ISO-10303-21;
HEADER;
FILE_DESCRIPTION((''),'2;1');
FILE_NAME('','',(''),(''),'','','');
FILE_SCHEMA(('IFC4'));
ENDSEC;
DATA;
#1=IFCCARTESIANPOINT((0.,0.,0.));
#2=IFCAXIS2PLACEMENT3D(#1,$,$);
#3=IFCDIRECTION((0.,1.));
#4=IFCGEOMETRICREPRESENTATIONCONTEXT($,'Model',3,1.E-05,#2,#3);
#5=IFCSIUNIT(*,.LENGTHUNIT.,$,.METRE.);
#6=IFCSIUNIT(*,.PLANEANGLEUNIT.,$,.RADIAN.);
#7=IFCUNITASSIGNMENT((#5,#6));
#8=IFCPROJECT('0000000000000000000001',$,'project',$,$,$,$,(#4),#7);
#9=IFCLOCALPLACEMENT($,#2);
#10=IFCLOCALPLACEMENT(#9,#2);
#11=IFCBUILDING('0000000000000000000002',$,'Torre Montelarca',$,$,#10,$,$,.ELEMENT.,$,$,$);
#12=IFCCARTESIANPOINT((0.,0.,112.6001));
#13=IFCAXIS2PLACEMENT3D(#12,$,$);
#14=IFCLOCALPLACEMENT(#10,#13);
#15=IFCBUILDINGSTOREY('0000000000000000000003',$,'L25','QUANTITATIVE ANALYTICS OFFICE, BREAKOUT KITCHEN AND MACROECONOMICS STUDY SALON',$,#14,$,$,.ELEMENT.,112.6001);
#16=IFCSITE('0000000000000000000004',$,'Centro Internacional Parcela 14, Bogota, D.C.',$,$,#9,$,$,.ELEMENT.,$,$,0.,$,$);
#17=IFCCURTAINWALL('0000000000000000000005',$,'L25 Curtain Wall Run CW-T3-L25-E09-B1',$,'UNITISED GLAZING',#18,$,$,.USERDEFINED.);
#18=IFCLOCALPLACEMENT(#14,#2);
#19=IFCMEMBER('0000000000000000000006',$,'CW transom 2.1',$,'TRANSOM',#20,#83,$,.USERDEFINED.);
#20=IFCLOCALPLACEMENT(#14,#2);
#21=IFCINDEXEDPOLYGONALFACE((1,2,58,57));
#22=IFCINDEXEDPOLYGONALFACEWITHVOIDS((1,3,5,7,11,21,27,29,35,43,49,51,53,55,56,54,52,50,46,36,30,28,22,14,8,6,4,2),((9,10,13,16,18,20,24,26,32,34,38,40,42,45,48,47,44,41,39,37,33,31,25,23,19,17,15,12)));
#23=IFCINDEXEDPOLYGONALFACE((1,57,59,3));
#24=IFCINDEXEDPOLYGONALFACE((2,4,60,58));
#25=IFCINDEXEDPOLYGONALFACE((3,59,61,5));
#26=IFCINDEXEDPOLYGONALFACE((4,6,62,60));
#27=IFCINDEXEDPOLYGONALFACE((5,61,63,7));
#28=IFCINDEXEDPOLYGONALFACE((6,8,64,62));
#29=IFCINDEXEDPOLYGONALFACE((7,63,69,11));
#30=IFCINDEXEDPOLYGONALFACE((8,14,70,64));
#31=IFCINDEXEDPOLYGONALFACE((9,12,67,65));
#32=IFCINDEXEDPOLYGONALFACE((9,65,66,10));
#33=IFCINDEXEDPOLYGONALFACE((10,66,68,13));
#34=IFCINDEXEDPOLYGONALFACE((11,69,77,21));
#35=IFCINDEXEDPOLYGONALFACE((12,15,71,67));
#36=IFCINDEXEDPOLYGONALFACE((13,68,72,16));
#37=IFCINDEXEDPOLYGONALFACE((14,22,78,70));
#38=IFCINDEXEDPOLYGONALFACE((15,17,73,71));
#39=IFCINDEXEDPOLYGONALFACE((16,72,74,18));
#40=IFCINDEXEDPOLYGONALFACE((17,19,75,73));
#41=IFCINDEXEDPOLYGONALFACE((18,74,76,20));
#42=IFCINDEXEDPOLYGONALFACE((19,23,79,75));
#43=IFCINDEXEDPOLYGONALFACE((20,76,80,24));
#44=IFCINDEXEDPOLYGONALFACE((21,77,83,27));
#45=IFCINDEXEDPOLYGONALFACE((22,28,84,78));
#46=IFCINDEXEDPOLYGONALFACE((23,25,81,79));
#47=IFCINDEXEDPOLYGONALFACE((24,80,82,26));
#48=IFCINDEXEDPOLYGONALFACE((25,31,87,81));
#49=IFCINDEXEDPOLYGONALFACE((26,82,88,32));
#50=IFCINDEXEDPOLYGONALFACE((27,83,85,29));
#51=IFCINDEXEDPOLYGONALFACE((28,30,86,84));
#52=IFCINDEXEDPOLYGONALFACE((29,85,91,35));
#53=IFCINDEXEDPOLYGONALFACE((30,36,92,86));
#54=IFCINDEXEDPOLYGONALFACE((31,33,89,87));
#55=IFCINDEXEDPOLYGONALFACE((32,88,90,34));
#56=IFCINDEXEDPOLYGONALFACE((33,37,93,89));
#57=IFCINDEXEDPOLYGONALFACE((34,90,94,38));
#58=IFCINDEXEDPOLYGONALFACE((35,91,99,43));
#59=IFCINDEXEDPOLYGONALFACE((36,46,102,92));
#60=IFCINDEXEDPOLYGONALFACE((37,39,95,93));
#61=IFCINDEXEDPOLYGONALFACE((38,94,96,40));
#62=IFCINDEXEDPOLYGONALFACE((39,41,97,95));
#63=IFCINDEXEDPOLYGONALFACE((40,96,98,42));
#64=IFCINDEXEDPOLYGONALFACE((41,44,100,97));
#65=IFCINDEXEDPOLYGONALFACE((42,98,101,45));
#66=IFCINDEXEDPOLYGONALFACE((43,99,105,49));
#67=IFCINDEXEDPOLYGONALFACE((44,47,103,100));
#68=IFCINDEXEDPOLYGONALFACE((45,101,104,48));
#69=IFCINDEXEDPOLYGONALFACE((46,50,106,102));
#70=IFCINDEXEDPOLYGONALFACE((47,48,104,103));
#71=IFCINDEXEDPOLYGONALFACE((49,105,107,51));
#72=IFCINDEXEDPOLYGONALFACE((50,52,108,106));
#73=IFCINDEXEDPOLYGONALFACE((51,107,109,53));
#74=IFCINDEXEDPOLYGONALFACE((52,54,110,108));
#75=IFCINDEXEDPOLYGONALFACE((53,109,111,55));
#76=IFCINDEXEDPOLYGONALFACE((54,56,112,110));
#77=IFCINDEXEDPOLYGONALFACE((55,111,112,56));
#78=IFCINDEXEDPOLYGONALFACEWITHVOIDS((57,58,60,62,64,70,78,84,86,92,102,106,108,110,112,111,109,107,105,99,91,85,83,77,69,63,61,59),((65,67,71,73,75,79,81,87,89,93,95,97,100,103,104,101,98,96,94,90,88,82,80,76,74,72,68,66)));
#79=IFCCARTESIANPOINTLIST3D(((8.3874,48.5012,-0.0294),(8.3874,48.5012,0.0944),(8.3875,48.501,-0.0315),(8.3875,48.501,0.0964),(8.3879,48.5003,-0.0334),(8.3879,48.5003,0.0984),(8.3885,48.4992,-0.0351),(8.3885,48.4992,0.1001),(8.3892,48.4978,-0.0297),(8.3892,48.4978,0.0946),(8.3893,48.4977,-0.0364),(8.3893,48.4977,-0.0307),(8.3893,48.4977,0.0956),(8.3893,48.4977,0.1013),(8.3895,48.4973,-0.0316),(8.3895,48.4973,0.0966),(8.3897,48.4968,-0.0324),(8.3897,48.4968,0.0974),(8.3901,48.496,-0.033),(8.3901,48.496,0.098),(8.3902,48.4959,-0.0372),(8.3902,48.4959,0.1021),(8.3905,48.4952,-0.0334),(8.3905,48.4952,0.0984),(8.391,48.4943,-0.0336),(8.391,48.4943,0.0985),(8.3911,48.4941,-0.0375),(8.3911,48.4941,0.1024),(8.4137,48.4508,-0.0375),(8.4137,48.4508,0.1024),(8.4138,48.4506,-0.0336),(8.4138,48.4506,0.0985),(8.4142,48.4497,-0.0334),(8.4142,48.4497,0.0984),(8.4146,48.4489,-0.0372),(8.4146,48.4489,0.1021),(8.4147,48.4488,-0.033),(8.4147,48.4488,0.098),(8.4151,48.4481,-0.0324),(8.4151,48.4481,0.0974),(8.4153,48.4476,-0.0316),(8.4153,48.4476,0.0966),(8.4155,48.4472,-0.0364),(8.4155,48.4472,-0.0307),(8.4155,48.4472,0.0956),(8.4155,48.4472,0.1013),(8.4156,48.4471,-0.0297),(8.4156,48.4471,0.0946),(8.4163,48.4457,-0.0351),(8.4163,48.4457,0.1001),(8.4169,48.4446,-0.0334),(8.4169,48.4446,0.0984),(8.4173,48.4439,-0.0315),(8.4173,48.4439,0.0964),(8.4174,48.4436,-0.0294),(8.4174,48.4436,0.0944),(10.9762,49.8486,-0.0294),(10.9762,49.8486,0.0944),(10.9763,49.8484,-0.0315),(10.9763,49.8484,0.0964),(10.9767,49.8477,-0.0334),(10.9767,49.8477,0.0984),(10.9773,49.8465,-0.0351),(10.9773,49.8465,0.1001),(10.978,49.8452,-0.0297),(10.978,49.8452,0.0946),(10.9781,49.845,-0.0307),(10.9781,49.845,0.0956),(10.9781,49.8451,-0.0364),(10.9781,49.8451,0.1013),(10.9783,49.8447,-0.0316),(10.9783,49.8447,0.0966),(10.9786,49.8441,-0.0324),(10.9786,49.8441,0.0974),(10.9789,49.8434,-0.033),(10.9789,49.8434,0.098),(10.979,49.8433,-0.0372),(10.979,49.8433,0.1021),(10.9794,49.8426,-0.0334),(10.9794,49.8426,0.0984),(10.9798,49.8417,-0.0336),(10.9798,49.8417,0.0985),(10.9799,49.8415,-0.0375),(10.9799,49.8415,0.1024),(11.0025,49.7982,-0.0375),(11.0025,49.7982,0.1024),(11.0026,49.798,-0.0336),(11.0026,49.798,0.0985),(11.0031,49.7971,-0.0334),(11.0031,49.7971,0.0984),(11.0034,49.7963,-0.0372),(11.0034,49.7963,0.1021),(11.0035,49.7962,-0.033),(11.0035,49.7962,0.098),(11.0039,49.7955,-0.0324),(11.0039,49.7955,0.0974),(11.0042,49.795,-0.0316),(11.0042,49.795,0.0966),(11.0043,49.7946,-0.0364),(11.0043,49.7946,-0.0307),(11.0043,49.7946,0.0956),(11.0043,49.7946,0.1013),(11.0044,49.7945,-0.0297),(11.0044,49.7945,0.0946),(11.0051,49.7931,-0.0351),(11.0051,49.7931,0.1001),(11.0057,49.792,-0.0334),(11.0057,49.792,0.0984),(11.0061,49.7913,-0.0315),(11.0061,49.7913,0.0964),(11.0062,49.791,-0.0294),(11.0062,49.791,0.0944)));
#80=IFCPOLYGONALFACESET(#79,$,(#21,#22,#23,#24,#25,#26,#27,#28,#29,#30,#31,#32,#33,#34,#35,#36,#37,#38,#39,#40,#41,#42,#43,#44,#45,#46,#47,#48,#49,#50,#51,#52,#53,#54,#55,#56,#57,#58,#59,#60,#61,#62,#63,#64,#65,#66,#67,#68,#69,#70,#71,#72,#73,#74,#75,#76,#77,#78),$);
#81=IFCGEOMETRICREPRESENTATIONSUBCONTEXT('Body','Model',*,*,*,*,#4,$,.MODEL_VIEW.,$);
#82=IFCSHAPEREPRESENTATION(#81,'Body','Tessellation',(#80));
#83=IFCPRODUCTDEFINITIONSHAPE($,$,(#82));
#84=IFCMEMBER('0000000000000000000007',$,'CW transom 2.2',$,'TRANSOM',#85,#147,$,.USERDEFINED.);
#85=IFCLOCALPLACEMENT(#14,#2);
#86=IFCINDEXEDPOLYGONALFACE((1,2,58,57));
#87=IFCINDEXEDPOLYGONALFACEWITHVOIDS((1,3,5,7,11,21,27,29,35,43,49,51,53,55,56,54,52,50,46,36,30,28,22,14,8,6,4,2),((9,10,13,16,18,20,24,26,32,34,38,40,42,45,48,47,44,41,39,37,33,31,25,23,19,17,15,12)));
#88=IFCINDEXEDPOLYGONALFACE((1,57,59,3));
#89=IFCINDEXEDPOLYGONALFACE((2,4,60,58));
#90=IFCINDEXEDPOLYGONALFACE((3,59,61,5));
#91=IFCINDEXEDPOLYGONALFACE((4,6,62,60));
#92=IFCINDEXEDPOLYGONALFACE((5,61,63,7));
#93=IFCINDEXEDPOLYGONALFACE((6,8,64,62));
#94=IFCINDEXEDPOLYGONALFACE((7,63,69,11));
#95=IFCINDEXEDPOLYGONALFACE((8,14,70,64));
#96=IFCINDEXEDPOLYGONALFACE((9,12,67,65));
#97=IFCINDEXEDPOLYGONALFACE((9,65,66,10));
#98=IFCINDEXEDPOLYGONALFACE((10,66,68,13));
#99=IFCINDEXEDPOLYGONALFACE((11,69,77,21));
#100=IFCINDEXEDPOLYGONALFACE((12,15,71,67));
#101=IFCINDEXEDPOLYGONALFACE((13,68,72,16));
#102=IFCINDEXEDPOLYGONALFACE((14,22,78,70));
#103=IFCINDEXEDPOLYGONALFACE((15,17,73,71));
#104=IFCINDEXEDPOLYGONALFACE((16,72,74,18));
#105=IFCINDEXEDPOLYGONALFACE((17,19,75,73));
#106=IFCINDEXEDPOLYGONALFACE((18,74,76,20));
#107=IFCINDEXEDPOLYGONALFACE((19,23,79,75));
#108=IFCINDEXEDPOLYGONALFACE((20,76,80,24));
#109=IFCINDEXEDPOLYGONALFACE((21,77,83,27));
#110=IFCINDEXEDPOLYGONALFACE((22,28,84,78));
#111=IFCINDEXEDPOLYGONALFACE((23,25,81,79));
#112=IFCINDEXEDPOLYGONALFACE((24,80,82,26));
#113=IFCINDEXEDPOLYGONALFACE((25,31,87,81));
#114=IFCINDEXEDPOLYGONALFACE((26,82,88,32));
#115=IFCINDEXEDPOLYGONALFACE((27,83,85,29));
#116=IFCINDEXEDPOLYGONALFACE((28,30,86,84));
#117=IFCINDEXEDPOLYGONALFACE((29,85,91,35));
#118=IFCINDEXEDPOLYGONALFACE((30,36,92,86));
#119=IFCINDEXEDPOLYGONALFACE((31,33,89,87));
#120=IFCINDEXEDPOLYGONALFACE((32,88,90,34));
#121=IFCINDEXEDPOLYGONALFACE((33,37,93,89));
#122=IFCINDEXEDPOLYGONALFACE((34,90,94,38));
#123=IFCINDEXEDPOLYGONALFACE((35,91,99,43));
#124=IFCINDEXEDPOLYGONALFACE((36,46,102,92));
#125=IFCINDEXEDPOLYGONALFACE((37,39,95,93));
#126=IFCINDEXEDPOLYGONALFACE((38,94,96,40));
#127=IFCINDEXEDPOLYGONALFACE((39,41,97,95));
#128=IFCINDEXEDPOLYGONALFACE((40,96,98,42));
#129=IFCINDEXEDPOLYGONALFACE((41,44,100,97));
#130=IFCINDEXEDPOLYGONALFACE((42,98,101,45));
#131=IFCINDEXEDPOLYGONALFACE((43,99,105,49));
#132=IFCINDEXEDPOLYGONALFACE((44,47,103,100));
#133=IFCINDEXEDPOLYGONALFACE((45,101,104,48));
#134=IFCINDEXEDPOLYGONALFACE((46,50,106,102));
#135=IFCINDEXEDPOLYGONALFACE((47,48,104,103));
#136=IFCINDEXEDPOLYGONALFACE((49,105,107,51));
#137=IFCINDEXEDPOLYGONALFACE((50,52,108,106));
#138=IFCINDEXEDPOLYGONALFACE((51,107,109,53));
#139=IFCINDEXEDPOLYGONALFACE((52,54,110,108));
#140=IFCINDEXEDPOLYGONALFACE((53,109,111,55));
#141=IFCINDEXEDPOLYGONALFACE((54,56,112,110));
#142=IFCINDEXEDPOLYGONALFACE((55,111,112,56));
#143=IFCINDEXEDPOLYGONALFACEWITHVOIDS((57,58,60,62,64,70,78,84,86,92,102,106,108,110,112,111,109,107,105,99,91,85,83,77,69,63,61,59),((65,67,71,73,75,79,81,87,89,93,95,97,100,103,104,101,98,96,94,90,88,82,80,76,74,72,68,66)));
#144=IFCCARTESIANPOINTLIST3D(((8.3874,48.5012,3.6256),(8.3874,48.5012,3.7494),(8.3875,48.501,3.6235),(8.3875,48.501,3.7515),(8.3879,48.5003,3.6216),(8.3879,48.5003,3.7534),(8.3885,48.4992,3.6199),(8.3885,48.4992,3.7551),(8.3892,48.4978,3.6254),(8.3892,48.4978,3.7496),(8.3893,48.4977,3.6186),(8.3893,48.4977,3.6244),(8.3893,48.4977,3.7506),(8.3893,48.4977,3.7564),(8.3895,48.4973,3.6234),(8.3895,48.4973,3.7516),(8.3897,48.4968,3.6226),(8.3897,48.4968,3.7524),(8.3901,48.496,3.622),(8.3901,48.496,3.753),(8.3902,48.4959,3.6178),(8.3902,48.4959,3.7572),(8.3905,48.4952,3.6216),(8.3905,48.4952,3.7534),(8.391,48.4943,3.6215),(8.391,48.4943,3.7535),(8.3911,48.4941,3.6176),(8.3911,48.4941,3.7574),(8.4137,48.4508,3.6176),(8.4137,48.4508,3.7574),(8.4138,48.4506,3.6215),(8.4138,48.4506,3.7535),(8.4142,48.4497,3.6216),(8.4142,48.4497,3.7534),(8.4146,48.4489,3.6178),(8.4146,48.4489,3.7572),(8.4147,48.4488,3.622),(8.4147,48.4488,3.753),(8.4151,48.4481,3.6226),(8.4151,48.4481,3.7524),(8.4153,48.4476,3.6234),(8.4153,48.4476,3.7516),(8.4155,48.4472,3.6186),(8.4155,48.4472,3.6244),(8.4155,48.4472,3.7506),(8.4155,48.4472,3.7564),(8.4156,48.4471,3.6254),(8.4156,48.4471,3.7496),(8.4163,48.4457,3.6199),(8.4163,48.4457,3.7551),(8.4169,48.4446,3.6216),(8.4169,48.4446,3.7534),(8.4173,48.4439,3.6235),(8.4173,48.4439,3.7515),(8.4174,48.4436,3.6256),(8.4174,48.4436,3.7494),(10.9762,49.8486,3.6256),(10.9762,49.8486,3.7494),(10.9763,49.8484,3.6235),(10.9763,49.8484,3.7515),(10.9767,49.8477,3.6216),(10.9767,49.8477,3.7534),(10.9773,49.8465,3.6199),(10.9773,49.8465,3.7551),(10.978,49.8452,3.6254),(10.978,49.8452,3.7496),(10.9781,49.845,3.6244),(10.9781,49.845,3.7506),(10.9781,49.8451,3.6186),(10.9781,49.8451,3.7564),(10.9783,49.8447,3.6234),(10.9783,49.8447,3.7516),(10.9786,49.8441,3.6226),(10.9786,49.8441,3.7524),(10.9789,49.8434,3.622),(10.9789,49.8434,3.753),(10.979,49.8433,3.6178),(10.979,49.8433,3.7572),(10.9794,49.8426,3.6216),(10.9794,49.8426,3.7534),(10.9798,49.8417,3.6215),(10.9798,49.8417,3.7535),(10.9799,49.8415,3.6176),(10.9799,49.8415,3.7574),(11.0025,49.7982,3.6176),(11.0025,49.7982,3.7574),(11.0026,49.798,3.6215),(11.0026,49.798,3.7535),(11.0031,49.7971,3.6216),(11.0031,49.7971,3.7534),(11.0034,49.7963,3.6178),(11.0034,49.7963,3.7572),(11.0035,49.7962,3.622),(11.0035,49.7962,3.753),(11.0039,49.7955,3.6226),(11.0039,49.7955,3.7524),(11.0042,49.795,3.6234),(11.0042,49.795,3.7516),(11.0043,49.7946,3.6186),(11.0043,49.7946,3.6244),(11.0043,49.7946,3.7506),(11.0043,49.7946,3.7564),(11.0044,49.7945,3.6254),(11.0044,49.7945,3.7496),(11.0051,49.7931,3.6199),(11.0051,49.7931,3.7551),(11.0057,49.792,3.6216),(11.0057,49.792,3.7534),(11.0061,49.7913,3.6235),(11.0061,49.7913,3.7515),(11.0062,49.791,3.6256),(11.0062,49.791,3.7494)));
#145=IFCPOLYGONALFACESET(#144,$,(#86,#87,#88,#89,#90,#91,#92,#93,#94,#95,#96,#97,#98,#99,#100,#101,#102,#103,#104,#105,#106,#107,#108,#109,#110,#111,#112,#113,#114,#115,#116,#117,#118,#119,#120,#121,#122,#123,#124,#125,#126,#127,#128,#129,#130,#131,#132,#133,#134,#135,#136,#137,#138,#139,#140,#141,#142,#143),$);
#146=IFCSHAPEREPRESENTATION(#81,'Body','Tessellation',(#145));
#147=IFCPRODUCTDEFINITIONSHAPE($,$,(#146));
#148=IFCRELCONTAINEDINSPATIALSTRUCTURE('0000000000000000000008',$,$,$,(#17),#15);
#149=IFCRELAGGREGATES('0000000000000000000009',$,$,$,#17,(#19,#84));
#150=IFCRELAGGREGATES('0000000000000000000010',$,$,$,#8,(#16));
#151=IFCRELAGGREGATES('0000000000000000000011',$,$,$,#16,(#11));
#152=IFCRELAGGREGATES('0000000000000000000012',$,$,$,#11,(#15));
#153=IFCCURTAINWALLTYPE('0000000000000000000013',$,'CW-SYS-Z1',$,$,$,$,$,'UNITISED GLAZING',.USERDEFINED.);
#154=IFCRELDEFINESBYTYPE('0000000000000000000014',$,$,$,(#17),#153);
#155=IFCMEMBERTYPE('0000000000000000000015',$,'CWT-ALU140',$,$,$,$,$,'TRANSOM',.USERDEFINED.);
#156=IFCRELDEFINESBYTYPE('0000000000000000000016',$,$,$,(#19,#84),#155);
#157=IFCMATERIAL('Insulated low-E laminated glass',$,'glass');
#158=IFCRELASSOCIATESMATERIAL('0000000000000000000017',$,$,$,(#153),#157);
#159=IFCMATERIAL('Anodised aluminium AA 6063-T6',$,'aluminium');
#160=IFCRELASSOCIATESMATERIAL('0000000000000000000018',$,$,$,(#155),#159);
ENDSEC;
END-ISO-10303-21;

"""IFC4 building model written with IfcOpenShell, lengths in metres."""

from ifc_helpers import new_model, si_unit, direction, frame, origin, origin_2d, place, context, subcontext, project, spatial, hollow_rectangle, extrude, source, transform, mapped, material, material_profile, profile_set, type_object, element, aggregate, save


model = new_model("IFC4")

# Units and contexts
model_context = context("Model", 3, precision=1e-05, world=origin(), true_north=direction((0.0, 1.0)))
body_context = subcontext(model_context, "Body", "Model", "MODEL_VIEW")
ifc_project = project(units=[si_unit("LENGTHUNIT", "METRE"), si_unit("PLANEANGLEUNIT", "RADIAN")], contexts=[model_context])

# Site, building, storey
site_placement = place(None, origin())
site = spatial("IfcSite", under=ifc_project, at=site_placement, Name="Centro Internacional Parcela 14, Bogota, D.C.", CompositionType="ELEMENT", RefElevation=0.0)
building_placement = place(site_placement, origin())
building = spatial("IfcBuilding", under=site, at=building_placement, Name="Torre Montelarca", CompositionType="ELEMENT")
storey_placement = place(building_placement, frame((0.0, 0.0, 112.6001)))
storey = spatial("IfcBuildingStorey", under=building, at=storey_placement, Name="L25", Description="QUANTITATIVE ANALYTICS OFFICE, BREAKOUT KITCHEN AND MACROECONOMICS STUDY SALON", CompositionType="ELEMENT", Elevation=112.6001)

# Curtain wall, members
ifc_material_1 = material(Name="Insulated low-E laminated glass", Category="glass")
curtain_wall_type = type_object("IfcCurtainWallType", Name="CW-SYS-Z1", ElementType="UNITISED GLAZING", PredefinedType="USERDEFINED", material=ifc_material_1)
ifc_material_2 = material(Name="Anodised aluminium AA 6063-T6", Category="aluminium")
ifc_material_profile_1 = material_profile(ifc_material_2, hollow_rectangle(XDim=0.0649, YDim=0.1399, WallThickness=0.0039, InnerFilletRadius=0.0039, OuterFilletRadius=0.0081, at=origin_2d()), Name="ALU65X140X4", Category="aluminium")
ifc_profile_set_1 = profile_set([ifc_material_profile_1], Name="Anodised aluminium AA 6063-T6")
member_type_1 = type_object("IfcMemberType", Name="CWT-ALU140", ElementType="TRANSOM", PredefinedType="USERDEFINED", material=ifc_profile_set_1)
curtain_wall_1_placement = place(storey_placement, origin())
curtain_wall_1 = element("IfcCurtainWall", 1, at=curtain_wall_1_placement, inside=storey, type_object=curtain_wall_type, Name="L25 Curtain Wall Run CW-T3-L25-E09-B1", ObjectType="UNITISED GLAZING", PredefinedType="USERDEFINED")
shared_shape_1 = source(origin(), body_context, "Body", "SweptSolid", [
    extrude(hollow_rectangle(XDim=0.0649, YDim=0.1399, WallThickness=0.0039, InnerFilletRadius=0.0039, OuterFilletRadius=0.0081, at=origin_2d()), origin(), (0.0, 0.0, 1.0), 2.9185),
])
member_1_placement = place(storey_placement, frame((10.9912, 49.8198, 0.0325), z_axis=(-0.887048, -0.461677, 0.0), x_axis=(0.461677, -0.887048, 0.0)))
member_1 = element("IfcMember", 2, at=member_1_placement, type_object=member_type_1, Name="CW transom 2.1", ObjectType="TRANSOM", PredefinedType="USERDEFINED", context=body_context, shape_type="MappedRepresentation", body=[
    mapped(shared_shape_1, transform((0.0, 0.0, 0.0), scale=1.0)),
])
member_2_placement = place(storey_placement, frame((10.9912, 49.8198, 3.6875), z_axis=(-0.887048, -0.461677, 0.0), x_axis=(0.461677, -0.887048, 0.0)))
member_2 = element("IfcMember", 3, at=member_2_placement, type_object=member_type_1, Name="CW transom 2.2", ObjectType="TRANSOM", PredefinedType="USERDEFINED", context=body_context, shape_type="MappedRepresentation", body=[
    mapped(shared_shape_1, transform((0.0, 0.0, 0.0), scale=1.0)),
])

aggregate(curtain_wall_1, [member_1, member_2])

save(model, "model.ifc")
